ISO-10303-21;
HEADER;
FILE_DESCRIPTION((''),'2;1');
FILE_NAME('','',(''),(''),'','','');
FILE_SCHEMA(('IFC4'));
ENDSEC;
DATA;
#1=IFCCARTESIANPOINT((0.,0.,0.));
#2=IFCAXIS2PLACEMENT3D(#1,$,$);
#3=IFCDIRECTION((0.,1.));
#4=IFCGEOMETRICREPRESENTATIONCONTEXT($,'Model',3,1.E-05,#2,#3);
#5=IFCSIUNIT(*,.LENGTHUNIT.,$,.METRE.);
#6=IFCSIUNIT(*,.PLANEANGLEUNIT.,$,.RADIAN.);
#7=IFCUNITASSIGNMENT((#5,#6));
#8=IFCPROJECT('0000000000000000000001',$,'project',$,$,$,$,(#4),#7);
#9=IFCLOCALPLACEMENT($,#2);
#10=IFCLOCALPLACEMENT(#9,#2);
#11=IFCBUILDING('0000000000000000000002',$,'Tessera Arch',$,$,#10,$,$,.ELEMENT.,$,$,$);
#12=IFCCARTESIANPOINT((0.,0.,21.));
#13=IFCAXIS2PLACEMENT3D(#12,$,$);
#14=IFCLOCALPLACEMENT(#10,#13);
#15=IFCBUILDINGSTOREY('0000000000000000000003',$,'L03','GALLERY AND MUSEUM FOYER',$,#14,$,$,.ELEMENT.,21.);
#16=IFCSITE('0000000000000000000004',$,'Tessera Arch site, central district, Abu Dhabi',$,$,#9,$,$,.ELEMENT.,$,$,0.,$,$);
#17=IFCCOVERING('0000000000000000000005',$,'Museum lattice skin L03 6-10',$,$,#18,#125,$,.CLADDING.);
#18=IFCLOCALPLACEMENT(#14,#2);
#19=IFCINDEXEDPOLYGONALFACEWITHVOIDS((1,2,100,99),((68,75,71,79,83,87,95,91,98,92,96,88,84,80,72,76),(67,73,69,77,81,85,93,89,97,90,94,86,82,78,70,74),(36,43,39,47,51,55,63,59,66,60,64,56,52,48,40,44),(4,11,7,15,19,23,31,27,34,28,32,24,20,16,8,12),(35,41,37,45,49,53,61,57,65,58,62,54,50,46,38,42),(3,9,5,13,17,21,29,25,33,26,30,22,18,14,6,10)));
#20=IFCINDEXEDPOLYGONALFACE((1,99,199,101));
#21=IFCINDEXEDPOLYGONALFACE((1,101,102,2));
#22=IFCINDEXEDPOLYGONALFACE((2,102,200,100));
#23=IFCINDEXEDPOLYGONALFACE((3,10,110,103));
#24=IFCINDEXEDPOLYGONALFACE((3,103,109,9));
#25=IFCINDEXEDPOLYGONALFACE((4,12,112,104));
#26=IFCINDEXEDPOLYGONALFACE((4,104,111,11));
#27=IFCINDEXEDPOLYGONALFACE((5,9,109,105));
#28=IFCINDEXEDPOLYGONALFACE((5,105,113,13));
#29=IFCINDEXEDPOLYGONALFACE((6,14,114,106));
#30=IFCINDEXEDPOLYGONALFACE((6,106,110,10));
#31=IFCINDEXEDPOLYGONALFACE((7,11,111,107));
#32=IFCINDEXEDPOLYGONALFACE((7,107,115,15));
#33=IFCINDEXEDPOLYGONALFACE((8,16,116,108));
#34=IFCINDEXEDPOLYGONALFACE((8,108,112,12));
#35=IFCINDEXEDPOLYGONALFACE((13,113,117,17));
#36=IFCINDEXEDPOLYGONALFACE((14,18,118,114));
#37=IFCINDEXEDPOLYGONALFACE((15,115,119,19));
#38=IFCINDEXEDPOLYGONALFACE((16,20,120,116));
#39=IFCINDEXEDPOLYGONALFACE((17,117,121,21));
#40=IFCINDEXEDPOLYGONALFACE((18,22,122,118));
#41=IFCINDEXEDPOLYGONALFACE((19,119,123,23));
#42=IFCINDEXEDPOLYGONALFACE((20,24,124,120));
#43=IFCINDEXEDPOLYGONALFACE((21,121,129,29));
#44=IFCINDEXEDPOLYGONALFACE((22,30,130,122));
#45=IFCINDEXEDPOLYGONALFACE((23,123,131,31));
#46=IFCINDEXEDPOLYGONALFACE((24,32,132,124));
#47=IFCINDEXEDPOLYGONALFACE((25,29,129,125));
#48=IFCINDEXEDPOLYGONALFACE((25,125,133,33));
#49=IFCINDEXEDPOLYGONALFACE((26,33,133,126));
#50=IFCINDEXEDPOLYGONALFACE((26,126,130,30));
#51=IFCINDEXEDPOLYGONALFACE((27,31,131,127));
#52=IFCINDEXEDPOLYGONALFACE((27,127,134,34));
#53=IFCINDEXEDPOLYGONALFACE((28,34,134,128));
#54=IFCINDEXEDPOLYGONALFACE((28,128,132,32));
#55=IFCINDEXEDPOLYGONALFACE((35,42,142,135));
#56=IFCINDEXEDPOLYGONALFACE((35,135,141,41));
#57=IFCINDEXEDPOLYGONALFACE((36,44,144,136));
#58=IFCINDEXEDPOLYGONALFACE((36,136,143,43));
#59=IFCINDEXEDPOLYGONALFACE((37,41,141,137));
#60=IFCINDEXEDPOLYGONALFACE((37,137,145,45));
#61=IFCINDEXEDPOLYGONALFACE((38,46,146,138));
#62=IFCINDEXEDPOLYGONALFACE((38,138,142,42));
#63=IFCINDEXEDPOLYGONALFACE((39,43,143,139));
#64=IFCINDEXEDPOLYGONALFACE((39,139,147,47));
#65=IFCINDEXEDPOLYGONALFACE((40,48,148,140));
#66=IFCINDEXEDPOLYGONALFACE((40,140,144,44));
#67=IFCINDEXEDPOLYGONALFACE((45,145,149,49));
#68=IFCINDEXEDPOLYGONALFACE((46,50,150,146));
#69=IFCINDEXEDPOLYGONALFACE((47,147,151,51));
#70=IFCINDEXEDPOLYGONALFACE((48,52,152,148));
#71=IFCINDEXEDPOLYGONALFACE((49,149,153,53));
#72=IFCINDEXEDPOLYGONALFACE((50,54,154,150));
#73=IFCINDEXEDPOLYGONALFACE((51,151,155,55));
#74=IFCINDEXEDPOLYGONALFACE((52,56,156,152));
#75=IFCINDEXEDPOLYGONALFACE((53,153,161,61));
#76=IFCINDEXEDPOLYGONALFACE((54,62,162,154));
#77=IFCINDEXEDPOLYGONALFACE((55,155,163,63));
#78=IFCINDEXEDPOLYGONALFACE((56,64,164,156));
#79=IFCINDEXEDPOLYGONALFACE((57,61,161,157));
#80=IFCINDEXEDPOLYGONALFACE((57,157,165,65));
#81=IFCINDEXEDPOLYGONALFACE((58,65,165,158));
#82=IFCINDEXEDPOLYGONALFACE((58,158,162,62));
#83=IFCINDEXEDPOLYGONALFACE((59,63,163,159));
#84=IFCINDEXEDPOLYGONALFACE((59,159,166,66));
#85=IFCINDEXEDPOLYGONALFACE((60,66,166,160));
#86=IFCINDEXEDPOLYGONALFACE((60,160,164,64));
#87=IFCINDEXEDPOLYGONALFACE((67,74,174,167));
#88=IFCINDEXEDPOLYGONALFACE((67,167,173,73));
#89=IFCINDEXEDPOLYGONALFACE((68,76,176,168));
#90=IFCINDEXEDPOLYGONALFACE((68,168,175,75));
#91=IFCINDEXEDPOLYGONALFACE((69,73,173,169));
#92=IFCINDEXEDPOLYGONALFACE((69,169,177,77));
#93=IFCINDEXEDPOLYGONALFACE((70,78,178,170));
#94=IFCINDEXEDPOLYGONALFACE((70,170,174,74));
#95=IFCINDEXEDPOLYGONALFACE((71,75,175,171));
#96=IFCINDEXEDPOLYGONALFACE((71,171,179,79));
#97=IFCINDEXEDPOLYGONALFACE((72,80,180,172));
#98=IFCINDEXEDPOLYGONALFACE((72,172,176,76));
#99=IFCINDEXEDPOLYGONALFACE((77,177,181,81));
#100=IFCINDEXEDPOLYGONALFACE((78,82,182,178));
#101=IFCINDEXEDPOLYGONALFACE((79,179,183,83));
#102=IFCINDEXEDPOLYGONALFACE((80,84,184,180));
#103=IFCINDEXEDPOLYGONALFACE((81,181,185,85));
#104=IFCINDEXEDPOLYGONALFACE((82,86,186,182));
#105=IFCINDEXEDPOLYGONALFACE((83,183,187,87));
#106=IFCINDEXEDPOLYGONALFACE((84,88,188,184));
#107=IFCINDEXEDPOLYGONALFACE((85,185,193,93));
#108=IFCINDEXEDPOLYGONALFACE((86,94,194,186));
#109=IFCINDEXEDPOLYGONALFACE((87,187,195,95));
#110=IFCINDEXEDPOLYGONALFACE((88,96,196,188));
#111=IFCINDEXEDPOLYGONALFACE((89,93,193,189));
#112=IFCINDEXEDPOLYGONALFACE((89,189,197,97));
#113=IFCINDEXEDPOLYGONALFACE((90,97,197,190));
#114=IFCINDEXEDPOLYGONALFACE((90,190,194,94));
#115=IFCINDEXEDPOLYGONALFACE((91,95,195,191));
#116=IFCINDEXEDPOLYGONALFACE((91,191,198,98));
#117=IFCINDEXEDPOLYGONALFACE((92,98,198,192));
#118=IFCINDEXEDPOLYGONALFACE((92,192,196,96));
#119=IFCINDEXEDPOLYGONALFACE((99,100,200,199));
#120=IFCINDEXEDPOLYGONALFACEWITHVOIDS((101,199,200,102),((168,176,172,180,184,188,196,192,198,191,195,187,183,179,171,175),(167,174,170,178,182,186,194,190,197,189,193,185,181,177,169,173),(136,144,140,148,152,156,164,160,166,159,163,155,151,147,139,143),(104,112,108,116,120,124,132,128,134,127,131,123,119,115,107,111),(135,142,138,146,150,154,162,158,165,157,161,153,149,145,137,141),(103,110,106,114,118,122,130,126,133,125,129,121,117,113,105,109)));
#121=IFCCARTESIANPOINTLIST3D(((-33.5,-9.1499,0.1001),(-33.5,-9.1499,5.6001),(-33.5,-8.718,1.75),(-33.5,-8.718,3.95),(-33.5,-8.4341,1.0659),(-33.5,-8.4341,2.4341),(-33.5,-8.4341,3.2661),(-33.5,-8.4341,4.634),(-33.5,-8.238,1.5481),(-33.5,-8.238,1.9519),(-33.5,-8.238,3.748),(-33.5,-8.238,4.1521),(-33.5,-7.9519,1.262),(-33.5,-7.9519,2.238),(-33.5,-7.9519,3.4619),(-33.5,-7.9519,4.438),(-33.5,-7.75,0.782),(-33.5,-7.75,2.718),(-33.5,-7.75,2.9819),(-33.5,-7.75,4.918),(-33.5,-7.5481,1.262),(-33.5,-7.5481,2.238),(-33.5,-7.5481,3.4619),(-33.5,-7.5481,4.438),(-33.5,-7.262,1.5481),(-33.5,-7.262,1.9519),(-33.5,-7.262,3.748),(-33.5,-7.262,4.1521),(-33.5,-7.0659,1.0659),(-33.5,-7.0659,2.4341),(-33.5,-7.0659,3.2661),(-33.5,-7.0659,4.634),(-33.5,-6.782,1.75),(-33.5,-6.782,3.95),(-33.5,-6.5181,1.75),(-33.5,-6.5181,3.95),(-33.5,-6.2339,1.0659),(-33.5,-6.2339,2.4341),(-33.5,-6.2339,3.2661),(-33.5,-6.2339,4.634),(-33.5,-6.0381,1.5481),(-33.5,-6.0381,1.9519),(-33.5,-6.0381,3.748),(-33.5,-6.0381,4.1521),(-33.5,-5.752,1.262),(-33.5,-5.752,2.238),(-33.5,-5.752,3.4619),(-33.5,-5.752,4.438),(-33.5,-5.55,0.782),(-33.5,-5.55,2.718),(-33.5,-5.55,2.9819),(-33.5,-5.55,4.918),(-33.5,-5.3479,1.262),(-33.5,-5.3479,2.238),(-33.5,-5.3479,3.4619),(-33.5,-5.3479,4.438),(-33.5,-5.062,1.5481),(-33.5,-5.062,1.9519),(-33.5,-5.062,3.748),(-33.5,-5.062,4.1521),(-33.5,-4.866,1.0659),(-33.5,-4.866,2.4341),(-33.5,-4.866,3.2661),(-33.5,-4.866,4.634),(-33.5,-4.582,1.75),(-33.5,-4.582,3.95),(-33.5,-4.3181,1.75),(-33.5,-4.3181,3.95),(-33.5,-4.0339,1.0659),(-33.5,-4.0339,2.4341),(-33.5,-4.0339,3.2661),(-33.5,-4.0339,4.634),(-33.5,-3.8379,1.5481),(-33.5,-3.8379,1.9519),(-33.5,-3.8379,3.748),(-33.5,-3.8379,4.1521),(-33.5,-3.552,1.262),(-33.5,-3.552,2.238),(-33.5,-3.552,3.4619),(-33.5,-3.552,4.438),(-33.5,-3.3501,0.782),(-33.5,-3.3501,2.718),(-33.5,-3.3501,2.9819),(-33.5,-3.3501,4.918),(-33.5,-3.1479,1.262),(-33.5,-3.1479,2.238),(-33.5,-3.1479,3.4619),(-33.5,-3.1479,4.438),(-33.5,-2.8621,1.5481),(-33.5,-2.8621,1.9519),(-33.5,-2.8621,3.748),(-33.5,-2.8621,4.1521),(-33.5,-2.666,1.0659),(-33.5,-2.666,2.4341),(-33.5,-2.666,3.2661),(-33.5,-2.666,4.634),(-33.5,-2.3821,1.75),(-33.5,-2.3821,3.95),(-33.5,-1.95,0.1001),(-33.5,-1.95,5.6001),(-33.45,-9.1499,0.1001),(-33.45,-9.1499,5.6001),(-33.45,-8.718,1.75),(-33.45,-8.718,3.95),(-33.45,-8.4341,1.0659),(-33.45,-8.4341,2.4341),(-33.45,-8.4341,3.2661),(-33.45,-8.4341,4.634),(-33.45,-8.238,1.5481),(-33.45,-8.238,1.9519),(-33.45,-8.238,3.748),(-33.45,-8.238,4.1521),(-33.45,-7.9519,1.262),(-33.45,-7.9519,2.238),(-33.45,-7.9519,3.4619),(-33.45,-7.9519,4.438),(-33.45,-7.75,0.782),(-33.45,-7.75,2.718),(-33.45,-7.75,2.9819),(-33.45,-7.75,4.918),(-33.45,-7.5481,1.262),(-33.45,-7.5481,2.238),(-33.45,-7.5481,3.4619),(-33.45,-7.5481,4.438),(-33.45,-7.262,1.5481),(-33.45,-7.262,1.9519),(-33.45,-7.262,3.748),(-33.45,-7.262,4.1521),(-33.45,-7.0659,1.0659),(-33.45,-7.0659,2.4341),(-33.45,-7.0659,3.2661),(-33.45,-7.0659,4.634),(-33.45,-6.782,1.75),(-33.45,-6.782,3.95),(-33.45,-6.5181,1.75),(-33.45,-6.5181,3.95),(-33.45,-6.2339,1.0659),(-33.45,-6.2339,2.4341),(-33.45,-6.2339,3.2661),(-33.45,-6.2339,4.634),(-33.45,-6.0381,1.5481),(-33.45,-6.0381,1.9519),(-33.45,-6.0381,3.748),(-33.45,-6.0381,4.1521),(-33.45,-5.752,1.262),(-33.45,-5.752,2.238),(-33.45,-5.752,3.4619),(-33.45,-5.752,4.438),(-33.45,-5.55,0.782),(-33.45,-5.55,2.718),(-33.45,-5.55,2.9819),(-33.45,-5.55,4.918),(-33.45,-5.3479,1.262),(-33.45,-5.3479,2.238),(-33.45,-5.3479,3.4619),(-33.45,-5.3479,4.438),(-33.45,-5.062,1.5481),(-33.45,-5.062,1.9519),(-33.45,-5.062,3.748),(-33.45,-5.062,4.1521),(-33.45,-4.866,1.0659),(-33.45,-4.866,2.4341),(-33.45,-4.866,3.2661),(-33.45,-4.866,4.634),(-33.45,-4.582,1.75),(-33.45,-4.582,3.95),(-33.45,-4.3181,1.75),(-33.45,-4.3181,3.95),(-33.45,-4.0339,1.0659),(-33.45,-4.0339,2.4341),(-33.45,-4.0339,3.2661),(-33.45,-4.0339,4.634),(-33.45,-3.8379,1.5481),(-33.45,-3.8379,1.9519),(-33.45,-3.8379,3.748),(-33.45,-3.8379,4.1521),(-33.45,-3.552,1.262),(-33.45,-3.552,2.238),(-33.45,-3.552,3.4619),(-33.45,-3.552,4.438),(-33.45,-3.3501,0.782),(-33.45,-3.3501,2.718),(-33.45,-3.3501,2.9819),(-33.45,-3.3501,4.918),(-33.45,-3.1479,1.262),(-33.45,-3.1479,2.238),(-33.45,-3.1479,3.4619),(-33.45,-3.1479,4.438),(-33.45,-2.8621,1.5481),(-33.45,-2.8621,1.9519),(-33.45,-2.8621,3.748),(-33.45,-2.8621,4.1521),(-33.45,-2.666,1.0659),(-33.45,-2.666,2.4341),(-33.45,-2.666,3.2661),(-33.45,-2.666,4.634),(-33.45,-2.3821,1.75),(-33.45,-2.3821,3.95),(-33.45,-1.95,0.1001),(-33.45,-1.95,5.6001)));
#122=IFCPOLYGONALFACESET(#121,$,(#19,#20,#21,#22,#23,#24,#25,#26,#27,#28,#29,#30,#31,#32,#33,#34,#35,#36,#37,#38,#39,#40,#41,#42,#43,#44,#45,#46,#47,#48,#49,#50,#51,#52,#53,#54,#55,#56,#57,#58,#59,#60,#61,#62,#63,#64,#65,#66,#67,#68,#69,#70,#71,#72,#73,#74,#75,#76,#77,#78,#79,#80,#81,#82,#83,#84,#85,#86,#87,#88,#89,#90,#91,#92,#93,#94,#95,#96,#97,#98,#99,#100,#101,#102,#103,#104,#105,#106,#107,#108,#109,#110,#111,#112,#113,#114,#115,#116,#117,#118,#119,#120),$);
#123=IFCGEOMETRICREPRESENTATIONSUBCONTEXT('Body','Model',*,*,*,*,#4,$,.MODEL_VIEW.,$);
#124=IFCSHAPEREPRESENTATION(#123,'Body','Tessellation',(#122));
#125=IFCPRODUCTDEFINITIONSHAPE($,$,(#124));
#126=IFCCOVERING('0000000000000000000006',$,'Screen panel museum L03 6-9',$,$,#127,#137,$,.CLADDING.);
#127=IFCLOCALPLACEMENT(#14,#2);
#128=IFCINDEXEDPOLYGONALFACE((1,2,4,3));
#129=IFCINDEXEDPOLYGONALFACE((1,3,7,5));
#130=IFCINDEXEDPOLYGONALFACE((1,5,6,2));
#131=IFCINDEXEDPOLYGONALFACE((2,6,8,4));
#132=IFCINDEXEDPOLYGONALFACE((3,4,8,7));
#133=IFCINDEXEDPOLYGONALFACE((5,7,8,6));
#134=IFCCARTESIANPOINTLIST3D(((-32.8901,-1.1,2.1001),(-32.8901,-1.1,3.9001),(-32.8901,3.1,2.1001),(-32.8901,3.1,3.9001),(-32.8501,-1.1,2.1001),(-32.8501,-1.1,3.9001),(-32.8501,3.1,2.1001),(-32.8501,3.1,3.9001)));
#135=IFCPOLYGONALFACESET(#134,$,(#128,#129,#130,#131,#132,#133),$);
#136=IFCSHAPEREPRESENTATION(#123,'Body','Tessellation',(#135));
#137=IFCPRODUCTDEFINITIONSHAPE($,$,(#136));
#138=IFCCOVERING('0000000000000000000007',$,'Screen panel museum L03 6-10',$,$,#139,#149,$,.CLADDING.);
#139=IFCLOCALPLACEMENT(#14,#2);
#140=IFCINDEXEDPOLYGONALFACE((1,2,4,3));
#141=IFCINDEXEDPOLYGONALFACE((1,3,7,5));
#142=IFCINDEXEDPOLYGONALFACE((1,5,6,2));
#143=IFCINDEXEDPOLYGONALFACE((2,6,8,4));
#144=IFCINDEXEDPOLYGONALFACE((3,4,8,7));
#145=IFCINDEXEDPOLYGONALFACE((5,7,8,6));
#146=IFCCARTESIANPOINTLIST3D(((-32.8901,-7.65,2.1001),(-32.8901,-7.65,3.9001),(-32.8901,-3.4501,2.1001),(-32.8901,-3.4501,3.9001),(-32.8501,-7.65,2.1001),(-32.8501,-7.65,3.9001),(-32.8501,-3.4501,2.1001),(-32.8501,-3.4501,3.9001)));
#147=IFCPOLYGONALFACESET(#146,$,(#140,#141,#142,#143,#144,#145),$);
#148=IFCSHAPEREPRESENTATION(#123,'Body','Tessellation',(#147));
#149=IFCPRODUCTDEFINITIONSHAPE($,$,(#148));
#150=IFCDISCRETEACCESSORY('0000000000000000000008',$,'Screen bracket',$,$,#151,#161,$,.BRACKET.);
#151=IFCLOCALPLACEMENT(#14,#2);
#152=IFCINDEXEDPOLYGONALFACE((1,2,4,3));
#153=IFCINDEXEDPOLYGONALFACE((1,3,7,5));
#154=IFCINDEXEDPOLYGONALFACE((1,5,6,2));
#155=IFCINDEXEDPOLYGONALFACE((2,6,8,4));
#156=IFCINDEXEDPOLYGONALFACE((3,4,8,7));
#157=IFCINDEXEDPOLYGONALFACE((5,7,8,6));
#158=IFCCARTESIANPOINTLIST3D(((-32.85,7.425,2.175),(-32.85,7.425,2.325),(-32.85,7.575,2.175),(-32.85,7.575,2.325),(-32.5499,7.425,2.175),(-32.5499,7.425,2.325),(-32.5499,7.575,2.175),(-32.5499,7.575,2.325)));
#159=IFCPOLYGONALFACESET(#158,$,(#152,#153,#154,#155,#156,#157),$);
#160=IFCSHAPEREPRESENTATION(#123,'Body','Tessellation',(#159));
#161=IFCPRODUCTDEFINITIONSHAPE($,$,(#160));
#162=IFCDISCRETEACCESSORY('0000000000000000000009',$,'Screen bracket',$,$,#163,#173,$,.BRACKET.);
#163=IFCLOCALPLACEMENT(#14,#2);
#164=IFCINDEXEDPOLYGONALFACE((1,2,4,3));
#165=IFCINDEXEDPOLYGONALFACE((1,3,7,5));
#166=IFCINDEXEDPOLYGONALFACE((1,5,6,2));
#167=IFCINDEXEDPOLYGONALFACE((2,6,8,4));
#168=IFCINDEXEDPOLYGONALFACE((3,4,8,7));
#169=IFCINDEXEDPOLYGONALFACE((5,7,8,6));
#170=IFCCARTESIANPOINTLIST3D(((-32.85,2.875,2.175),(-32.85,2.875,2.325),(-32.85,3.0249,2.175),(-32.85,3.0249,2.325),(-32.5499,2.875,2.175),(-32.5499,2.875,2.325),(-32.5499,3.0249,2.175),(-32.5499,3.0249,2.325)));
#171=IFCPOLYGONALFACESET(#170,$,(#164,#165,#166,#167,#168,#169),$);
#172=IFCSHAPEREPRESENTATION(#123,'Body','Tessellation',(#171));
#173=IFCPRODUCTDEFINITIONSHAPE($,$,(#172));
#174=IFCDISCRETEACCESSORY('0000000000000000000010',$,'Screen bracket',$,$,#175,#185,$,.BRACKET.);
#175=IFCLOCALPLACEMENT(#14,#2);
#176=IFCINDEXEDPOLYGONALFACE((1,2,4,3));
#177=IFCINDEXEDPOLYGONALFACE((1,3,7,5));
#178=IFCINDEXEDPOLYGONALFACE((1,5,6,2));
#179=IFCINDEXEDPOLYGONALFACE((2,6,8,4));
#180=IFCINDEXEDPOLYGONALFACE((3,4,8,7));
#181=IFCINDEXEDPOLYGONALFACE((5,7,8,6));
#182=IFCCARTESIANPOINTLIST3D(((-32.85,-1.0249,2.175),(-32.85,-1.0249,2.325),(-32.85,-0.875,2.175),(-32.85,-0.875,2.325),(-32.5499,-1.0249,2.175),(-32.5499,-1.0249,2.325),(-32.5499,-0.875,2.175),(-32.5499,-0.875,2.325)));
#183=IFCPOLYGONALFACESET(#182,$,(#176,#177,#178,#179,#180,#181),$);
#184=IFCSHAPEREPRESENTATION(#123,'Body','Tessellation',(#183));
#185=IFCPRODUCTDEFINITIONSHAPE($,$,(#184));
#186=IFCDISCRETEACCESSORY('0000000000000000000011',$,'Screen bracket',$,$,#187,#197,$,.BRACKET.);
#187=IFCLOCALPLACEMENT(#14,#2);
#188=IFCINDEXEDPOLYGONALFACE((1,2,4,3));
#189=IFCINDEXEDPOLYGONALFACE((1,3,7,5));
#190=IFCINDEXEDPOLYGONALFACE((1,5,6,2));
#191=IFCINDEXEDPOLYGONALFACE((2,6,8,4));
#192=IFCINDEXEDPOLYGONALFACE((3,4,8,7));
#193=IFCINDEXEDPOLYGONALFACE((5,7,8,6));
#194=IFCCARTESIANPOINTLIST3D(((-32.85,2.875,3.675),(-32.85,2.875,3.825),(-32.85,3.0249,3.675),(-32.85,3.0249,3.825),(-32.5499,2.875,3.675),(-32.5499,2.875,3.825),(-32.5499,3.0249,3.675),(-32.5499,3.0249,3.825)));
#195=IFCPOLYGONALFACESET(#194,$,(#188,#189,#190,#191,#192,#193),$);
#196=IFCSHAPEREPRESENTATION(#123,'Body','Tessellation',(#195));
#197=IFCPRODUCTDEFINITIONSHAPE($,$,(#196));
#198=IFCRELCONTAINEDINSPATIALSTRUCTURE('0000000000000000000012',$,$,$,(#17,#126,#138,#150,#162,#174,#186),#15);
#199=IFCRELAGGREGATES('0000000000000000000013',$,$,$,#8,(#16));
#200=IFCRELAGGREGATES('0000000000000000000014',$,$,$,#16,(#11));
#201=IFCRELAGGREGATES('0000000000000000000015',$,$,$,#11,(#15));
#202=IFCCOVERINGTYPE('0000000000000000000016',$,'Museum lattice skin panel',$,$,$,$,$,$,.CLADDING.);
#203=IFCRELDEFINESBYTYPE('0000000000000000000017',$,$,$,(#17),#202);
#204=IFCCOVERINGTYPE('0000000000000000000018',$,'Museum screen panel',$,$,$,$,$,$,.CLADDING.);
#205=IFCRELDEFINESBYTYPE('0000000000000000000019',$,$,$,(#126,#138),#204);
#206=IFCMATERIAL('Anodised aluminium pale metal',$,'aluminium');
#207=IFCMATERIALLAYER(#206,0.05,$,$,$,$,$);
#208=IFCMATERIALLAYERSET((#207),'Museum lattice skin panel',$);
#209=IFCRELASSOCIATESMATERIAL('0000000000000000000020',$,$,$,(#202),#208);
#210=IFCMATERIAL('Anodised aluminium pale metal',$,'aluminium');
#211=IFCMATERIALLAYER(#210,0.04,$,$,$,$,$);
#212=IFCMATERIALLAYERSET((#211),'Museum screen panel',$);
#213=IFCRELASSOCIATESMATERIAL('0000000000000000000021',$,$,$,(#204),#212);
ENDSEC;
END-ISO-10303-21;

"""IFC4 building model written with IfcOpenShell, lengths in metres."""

from ifc_helpers import new_model, si_unit, direction, frame, origin, origin_2d, place, context, subcontext, project, spatial, polyline, rectangle, outline, extrude, material, layer, layer_set, type_object, element, save


model = new_model("IFC4")

# Units and contexts
model_context = context("Model", 3, precision=1e-05, world=origin(), true_north=direction((0.0, 1.0)))
body_context = subcontext(model_context, "Body", "Model", "MODEL_VIEW")
ifc_project = project(units=[si_unit("LENGTHUNIT", "METRE"), si_unit("PLANEANGLEUNIT", "RADIAN")], contexts=[model_context])

# Site, building, storey
site_placement = place(None, origin())
site = spatial("IfcSite", under=ifc_project, at=site_placement, Name="Tessera Arch site, central district, Abu Dhabi", CompositionType="ELEMENT", RefElevation=0.0)
building_placement = place(site_placement, origin())
building = spatial("IfcBuilding", under=site, at=building_placement, Name="Tessera Arch", CompositionType="ELEMENT")
storey_placement = place(building_placement, frame((0.0, 0.0, 21.0)))
storey = spatial("IfcBuildingStorey", under=building, at=storey_placement, Name="L03", Description="GALLERY AND MUSEUM FOYER", CompositionType="ELEMENT", Elevation=21.0)

# Coverings
ifc_material_1 = material(Name="Anodised aluminium pale metal", Category="aluminium")
ifc_layer_1 = layer(ifc_material_1, 0.05)
ifc_layer_set_1 = layer_set([ifc_layer_1], Name="Museum lattice skin panel")
covering_type_1 = type_object("IfcCoveringType", Name="Museum lattice skin panel", PredefinedType="CLADDING", material=ifc_layer_set_1)
covering_1_placement = place(storey_placement, frame((-33.45, -1.95, 5.6001), z_axis=(1.0, 0.0, 0.0), x_axis=(0.0, -1.0, 0.0)))
element("IfcCovering", 1, at=covering_1_placement, inside=storey, type_object=covering_type_1, Name="Museum lattice skin L03 6-10", PredefinedType="CLADDING", context=body_context, shape_type="SweptSolid", body=[
    extrude(outline(polyline([(0.0, 0.0), (7.2, 0.0), (7.2, 5.5), (0.0, 5.5), (0.0, 0.0)]), holes=[polyline([(2.3682, 3.8501), (1.8879, 3.6482), (2.084, 3.166), (1.6021, 3.3621), (1.4001, 2.8821), (1.198, 3.3621), (0.7161, 3.166), (0.9121, 3.6482), (0.4321, 3.8501), (0.9121, 4.052), (0.7161, 4.5342), (1.198, 4.3381), (1.4001, 4.8181), (1.6021, 4.3381), (2.084, 4.5342), (1.8879, 4.052), (2.3682, 3.8501)]), polyline([(2.3682, 1.6501), (1.8879, 1.448), (2.084, 0.9661), (1.6021, 1.1621), (1.4001, 0.6821), (1.198, 1.1621), (0.7161, 0.9661), (0.9121, 1.448), (0.4321, 1.6501), (0.9121, 1.8521), (0.7161, 2.334), (1.198, 2.1382), (1.4001, 2.6182), (1.6021, 2.1382), (2.084, 2.334), (1.8879, 1.8521), (2.3682, 1.6501)]), polyline([(4.5681, 3.8501), (4.0881, 3.6482), (4.2839, 3.166), (3.802, 3.3621), (3.6001, 2.8821), (3.3979, 3.3621), (2.916, 3.166), (3.1121, 3.6482), (2.6321, 3.8501), (3.1121, 4.052), (2.916, 4.5342), (3.3979, 4.3381), (3.6001, 4.8181), (3.802, 4.3381), (4.2839, 4.5342), (4.0881, 4.052), (4.5681, 3.8501)]), polyline([(4.5681, 1.6501), (4.0881, 1.448), (4.2839, 0.9661), (3.802, 1.1621), (3.6001, 0.6821), (3.3979, 1.1621), (2.916, 0.9661), (3.1121, 1.448), (2.6321, 1.6501), (3.1121, 1.8521), (2.916, 2.334), (3.3979, 2.1382), (3.6001, 2.6182), (3.802, 2.1382), (4.2839, 2.334), (4.0881, 1.8521), (4.5681, 1.6501)]), polyline([(6.7681, 3.8501), (6.2881, 3.6482), (6.4841, 3.166), (6.002, 3.3621), (5.8, 2.8821), (5.5981, 3.3621), (5.116, 3.166), (5.312, 3.6482), (4.832, 3.8501), (5.312, 4.052), (5.116, 4.5342), (5.5981, 4.3381), (5.8, 4.8181), (6.002, 4.3381), (6.4841, 4.5342), (6.2881, 4.052), (6.7681, 3.8501)]), polyline([(6.7681, 1.6501), (6.2881, 1.448), (6.4841, 0.9661), (6.002, 1.1621), (5.8, 0.6821), (5.5981, 1.1621), (5.116, 0.9661), (5.312, 1.448), (4.832, 1.6501), (5.312, 1.8521), (5.116, 2.334), (5.5981, 2.1382), (5.8, 2.6182), (6.002, 2.1382), (6.4841, 2.334), (6.2881, 1.8521), (6.7681, 1.6501)])]), origin(), (0.0, 0.0, -1.0), 0.05),
])
ifc_material_2 = material(Name="Anodised aluminium pale metal", Category="aluminium")
ifc_layer_2 = layer(ifc_material_2, 0.04)
ifc_layer_set_2 = layer_set([ifc_layer_2], Name="Museum screen panel")
covering_type_2 = type_object("IfcCoveringType", Name="Museum screen panel", PredefinedType="CLADDING", material=ifc_layer_set_2)
for number, where, z_axis, x_axis, name in (
    (2, (-32.8701, 1.0, 2.1001), (0.0, 0.0, 1.0), (0.0, -1.0, 0.0), "Screen panel museum L03 6-9"),
    (3, (-32.8701, -5.55, 2.1001), (0.0, 0.0, 1.0), (0.0, -1.0, 0.0), "Screen panel museum L03 6-10"),
):
    element("IfcCovering", number, at=place(storey_placement, frame(where, z_axis=z_axis, x_axis=x_axis)), inside=storey, type_object=covering_type_2, Name=name, PredefinedType="CLADDING", context=body_context, shape_type="SweptSolid", body=[
        extrude(rectangle(XDim=4.2, YDim=0.04, at=origin_2d()), origin(), (0.0, 0.0, 1.0), 1.8),
    ])

# Discrete accessories
for number, where, z_axis, x_axis, name in (
    (4, (-32.7, 7.5, 2.175), (0.0, 0.0, 1.0), (-1.0, 0.0, 0.0), "Screen bracket"),
    (5, (-32.7, 2.95, 2.175), (0.0, 0.0, 1.0), (-1.0, 0.0, 0.0), "Screen bracket"),
    (6, (-32.7, -0.95, 2.175), (0.0, 0.0, 1.0), (-1.0, 0.0, 0.0), "Screen bracket"),
    (7, (-32.7, 2.95, 3.675), (0.0, 0.0, 1.0), (-1.0, 0.0, 0.0), "Screen bracket"),
):
    element("IfcDiscreteAccessory", number, at=place(storey_placement, frame(where, z_axis=z_axis, x_axis=x_axis)), inside=storey, Name=name, PredefinedType="BRACKET", context=body_context, shape_type="SweptSolid", body=[
        extrude(rectangle(XDim=0.3, YDim=0.1499, at=origin_2d()), origin(), (0.0, 0.0, 1.0), 0.1499),
    ])

save(model, "model.ifc")
